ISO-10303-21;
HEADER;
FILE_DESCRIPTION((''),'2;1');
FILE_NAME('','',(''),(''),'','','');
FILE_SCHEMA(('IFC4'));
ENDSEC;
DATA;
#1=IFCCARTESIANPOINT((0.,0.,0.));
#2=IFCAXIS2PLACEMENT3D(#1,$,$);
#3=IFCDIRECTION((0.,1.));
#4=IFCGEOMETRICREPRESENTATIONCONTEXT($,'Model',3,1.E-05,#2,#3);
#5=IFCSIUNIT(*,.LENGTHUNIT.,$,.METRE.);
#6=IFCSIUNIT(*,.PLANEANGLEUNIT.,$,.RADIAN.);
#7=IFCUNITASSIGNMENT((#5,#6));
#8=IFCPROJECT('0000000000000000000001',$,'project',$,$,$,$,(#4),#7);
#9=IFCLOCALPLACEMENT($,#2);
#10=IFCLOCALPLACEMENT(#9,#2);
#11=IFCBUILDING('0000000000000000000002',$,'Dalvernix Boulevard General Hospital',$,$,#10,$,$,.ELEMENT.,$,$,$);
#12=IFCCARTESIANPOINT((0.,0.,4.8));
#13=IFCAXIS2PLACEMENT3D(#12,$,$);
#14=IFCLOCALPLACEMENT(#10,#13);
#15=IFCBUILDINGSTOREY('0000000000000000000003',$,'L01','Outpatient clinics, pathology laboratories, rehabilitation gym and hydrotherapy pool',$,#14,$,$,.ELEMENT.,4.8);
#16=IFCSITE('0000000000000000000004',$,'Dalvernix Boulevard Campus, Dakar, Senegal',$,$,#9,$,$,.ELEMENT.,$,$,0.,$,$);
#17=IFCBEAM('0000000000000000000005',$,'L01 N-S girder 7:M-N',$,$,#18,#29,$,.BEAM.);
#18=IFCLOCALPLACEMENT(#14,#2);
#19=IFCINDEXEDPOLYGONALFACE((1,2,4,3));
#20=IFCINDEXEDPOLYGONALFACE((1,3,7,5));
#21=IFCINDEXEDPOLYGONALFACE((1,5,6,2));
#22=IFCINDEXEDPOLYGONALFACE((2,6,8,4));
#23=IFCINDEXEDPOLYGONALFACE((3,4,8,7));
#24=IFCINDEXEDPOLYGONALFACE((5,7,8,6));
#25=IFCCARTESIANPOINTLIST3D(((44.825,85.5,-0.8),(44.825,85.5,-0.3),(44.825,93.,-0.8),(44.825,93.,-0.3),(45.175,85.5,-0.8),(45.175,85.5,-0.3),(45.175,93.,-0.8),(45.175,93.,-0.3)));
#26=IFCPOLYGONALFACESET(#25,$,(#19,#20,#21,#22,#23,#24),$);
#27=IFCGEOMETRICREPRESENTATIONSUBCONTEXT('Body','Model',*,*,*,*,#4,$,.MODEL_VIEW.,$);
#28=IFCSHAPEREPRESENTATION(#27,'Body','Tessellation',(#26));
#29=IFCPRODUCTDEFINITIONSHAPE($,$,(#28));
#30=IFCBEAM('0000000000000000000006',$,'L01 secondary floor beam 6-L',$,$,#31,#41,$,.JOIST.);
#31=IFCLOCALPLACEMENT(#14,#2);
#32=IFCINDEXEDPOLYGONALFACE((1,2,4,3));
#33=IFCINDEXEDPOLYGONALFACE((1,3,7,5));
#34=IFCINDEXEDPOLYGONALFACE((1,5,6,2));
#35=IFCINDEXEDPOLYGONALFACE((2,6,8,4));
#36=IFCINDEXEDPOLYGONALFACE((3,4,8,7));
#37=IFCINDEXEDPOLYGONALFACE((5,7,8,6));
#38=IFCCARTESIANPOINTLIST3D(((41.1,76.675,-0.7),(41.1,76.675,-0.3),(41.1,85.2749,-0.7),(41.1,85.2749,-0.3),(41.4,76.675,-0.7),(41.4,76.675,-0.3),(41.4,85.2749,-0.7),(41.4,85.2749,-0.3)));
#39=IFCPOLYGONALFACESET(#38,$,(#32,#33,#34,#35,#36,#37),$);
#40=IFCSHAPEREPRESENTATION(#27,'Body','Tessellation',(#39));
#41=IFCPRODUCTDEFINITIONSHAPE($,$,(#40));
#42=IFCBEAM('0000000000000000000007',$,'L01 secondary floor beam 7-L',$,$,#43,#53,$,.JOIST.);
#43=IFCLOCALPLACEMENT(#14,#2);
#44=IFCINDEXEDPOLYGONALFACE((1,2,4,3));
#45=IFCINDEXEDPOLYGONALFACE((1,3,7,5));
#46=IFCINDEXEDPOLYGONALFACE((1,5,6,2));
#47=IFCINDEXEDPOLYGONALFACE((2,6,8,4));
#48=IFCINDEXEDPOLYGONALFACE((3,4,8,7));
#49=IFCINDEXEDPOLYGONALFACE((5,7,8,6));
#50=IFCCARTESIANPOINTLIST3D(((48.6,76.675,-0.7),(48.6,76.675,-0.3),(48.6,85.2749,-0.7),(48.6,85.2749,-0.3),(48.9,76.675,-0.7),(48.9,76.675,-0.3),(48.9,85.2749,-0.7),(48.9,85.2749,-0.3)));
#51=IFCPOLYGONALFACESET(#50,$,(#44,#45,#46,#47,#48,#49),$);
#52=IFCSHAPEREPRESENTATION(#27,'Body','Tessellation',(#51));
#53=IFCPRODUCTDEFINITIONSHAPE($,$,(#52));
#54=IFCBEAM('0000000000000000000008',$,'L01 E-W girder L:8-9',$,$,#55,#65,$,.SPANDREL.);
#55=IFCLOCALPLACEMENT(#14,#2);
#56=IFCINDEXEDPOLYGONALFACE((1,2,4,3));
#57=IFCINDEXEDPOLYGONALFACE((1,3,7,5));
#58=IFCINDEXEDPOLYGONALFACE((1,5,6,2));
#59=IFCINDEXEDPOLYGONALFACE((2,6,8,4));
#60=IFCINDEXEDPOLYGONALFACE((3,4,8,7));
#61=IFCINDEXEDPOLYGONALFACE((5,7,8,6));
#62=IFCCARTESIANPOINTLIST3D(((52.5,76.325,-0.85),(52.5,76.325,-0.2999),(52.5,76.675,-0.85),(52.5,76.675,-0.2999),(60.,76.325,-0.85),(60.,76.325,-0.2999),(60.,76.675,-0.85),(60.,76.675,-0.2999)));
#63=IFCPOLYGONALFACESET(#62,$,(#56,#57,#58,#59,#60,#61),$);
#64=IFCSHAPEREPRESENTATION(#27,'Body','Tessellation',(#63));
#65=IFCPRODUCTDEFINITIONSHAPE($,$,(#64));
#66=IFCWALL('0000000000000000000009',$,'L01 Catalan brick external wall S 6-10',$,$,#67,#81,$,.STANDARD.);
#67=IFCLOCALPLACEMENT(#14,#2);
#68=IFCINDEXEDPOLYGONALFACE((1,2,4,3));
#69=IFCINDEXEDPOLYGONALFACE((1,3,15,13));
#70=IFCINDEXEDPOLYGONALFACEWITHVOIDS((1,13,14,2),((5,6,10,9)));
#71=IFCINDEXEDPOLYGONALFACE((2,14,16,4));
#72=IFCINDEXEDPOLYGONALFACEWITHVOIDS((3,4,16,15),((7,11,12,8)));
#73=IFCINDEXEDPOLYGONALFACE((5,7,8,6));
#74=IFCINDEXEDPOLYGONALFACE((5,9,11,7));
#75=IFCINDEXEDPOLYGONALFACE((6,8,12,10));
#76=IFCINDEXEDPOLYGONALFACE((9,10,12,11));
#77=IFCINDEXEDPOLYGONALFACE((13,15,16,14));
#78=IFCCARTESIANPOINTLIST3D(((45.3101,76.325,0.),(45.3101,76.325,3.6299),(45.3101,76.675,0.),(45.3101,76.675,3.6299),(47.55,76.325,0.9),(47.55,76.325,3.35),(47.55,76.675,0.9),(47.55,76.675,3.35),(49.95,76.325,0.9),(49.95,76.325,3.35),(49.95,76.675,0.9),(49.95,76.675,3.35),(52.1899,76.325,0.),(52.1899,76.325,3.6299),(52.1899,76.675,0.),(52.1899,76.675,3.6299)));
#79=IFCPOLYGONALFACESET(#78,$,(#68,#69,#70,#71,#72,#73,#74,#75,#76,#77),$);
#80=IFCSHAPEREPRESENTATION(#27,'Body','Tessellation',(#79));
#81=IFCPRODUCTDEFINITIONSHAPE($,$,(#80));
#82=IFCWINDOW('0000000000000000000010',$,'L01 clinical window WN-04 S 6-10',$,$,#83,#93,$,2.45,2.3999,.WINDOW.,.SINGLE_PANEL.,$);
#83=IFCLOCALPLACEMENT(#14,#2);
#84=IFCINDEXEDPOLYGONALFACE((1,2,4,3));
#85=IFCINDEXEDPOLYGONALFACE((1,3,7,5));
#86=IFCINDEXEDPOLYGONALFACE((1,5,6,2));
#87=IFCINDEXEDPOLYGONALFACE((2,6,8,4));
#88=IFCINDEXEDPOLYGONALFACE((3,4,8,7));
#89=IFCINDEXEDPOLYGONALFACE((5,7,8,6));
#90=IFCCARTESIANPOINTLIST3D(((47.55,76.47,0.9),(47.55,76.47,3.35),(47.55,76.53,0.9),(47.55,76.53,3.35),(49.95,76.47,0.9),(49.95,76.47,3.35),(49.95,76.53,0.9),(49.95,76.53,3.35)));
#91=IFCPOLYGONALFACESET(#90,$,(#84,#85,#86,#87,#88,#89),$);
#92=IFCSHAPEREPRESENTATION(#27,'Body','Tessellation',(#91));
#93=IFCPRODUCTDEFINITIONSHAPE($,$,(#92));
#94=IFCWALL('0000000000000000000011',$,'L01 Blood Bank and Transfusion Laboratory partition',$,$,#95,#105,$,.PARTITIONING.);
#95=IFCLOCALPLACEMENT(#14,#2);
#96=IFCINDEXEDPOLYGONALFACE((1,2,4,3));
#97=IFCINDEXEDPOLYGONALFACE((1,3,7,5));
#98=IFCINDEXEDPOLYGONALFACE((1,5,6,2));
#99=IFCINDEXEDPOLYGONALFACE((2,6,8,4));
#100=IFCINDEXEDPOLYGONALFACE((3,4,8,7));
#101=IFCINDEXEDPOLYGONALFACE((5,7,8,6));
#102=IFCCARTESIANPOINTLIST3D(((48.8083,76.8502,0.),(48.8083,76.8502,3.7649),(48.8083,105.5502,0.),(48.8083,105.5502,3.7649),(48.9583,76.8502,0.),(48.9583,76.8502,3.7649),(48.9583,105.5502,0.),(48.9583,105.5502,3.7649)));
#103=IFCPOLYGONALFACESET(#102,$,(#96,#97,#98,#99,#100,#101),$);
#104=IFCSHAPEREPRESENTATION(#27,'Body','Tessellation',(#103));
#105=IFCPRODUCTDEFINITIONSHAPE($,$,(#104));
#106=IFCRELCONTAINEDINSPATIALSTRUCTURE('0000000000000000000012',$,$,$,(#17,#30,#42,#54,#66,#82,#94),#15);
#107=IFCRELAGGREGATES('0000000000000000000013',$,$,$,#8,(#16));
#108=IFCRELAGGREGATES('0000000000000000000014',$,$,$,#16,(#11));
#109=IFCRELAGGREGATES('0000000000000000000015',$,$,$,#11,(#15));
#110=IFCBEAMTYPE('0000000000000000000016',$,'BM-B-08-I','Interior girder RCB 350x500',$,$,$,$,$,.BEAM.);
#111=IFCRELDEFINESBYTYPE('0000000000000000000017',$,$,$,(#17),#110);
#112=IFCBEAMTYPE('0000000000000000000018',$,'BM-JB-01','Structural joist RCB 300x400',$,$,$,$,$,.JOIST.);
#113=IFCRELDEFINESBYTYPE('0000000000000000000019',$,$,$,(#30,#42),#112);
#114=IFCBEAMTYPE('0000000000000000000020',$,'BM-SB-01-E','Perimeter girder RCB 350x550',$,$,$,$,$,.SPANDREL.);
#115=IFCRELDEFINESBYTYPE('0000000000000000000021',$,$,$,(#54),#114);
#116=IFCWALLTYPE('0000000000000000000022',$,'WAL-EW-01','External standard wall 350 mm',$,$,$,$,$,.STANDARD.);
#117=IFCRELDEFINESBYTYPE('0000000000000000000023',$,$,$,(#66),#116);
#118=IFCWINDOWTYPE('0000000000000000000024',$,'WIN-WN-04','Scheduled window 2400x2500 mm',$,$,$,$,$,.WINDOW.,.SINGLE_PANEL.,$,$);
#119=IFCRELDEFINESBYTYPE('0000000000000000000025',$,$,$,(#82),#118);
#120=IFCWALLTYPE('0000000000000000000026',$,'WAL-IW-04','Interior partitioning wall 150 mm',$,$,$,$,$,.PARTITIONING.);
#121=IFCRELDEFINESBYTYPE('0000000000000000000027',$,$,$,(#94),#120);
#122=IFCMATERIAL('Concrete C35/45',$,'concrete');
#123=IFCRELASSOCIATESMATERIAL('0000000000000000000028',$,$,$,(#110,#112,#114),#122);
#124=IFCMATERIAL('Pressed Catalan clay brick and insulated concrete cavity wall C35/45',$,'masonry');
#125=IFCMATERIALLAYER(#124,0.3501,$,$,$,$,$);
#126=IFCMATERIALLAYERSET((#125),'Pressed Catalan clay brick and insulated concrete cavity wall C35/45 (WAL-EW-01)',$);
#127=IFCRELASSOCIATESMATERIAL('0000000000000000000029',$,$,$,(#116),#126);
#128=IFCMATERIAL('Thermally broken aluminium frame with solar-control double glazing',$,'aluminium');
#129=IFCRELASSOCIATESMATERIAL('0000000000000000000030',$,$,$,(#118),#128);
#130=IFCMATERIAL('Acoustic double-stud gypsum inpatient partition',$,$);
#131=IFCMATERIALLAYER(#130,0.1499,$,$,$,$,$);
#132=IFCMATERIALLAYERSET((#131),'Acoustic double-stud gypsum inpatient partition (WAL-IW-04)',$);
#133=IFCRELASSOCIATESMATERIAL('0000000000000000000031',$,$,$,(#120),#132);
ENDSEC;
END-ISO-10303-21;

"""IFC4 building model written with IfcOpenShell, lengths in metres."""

from ifc_helpers import new_model, si_unit, direction, frame, frame_2d, origin, origin_2d, place, context, subcontext, project, spatial, rectangle, extrude, material, layer, layer_set, material_profile, profile_set, type_object, element, fill, save


model = new_model("IFC4")

# Units and contexts
model_context = context("Model", 3, precision=1e-05, world=origin(), true_north=direction((0.0, 1.0)))
body_context = subcontext(model_context, "Body", "Model", "MODEL_VIEW")
ifc_project = project(units=[si_unit("LENGTHUNIT", "METRE"), si_unit("PLANEANGLEUNIT", "RADIAN")], contexts=[model_context])

# Site, building, storey
site_placement = place(None, origin())
site = spatial("IfcSite", under=ifc_project, at=site_placement, Name="Dalvernix Boulevard Campus, Dakar, Senegal", CompositionType="ELEMENT", RefElevation=0.0)
building_placement = place(site_placement, origin())
building = spatial("IfcBuilding", under=site, at=building_placement, Name="Dalvernix Boulevard General Hospital", CompositionType="ELEMENT")
storey_placement = place(building_placement, frame((0.0, 0.0, 4.8)))
storey = spatial("IfcBuildingStorey", under=building, at=storey_placement, Name="L01", Description="Outpatient clinics, pathology laboratories, rehabilitation gym and hydrotherapy pool", CompositionType="ELEMENT", Elevation=4.8)

# Beams
ifc_material_1 = material(Name="Concrete C35/45", Category="concrete")
ifc_material_profile_1 = material_profile(ifc_material_1, rectangle(XDim=0.3501, YDim=0.5, at=origin_2d()), Name="RCB 350x500")
ifc_profile_set_1 = profile_set([ifc_material_profile_1], Name="Concrete C35/45")
beam_type_1 = type_object("IfcBeamType", Name="BM-B-08-I", Description="Interior girder RCB 350x500", PredefinedType="BEAM", material=ifc_profile_set_1)
beam_1_placement = place(storey_placement, frame((45.0, 85.5, -0.55), z_axis=(0.0, 1.0, 0.0), x_axis=(-1.0, 0.0, 0.0)))
element("IfcBeam", 1, at=beam_1_placement, inside=storey, type_object=beam_type_1, Name="L01 N-S girder 7:M-N", PredefinedType="BEAM", context=body_context, shape_type="SweptSolid", body=[
    extrude(rectangle(XDim=0.3501, YDim=0.5, at=origin_2d()), origin(), (0.0, 0.0, 1.0), 7.5),
])
ifc_material_profile_2 = material_profile(ifc_material_1, rectangle(XDim=0.3, YDim=0.3999, at=origin_2d()), Name="RCB 300x400")
ifc_profile_set_2 = profile_set([ifc_material_profile_2], Name="Concrete C35/45")
beam_type_2 = type_object("IfcBeamType", Name="BM-JB-01", Description="Structural joist RCB 300x400", PredefinedType="JOIST", material=ifc_profile_set_2)
for number, where, z_axis, x_axis, name in (
    (2, (41.25, 76.675, -0.5), (0.0, 1.0, 0.0), (-1.0, 0.0, 0.0), "L01 secondary floor beam 6-L"),
    (3, (48.75, 76.675, -0.5), (0.0, 1.0, 0.0), (-1.0, 0.0, 0.0), "L01 secondary floor beam 7-L"),
):
    element("IfcBeam", number, at=place(storey_placement, frame(where, z_axis=z_axis, x_axis=x_axis)), inside=storey, type_object=beam_type_2, Name=name, PredefinedType="JOIST", context=body_context, shape_type="SweptSolid", body=[
        extrude(rectangle(XDim=0.3, YDim=0.3999, at=origin_2d()), origin(), (0.0, 0.0, 1.0), 8.5999),
    ])
ifc_material_profile_3 = material_profile(ifc_material_1, rectangle(XDim=0.3501, YDim=0.55, at=origin_2d()), Name="RCB 350x550")
ifc_profile_set_3 = profile_set([ifc_material_profile_3], Name="Concrete C35/45")
beam_type_3 = type_object("IfcBeamType", Name="BM-SB-01-E", Description="Perimeter girder RCB 350x550", PredefinedType="SPANDREL", material=ifc_profile_set_3)
beam_2_placement = place(storey_placement, frame((52.5, 76.5, -0.575), z_axis=(1.0, 0.0, 0.0), x_axis=(0.0, 1.0, 0.0)))
element("IfcBeam", 4, at=beam_2_placement, inside=storey, type_object=beam_type_3, Name="L01 E-W girder L:8-9", PredefinedType="SPANDREL", context=body_context, shape_type="SweptSolid", body=[
    extrude(rectangle(XDim=0.3501, YDim=0.55, at=origin_2d()), origin(), (0.0, 0.0, 1.0), 7.5),
])

# Wall, opening, window
ifc_material_2 = material(Name="Pressed Catalan clay brick and insulated concrete cavity wall C35/45", Category="masonry")
ifc_layer_1 = layer(ifc_material_2, 0.3501)
ifc_layer_set_1 = layer_set([ifc_layer_1], Name="Pressed Catalan clay brick and insulated concrete cavity wall C35/45 (WAL-EW-01)")
wall_type_1 = type_object("IfcWallType", Name="WAL-EW-01", Description="External standard wall 350 mm", PredefinedType="STANDARD", material=ifc_layer_set_1)
wall_1_placement = place(storey_placement, frame((52.1899, 76.5, 0.0), z_axis=(0.0, 0.0, 1.0), x_axis=(-1.0, 0.0, 0.0)))
wall_1 = element("IfcWall", 5, at=wall_1_placement, inside=storey, type_object=wall_type_1, Name="L01 Catalan brick external wall S 6-10", PredefinedType="STANDARD", context=body_context, shape_type="SweptSolid", body=[
    extrude(rectangle(XDim=6.8799, YDim=0.3501, at=frame_2d((3.4399, 0.0))), origin(), (0.0, 0.0, 1.0), 3.6299),
])
opening_placement = place(wall_1_placement, frame((2.24, 0.0, 0.8999)))
opening = element("IfcOpeningElement", 6, at=opening_placement, cuts=wall_1, PredefinedType="OPENING", context=body_context, shape_type="SweptSolid", body=[
    extrude(rectangle(XDim=2.3999, YDim=2.45, at=frame_2d((1.2, 1.2251))), frame((0.0, 0.1851, 0.0), z_axis=(0.0, -1.0, 0.0), x_axis=(1.0, 0.0, 0.0)), (0.0, 0.0, 1.0), 0.3701),
])
ifc_material_3 = material(Name="Thermally broken aluminium frame with solar-control double glazing", Category="aluminium")
window_type = type_object("IfcWindowType", Name="WIN-WN-04", Description="Scheduled window 2400x2500 mm", PartitioningType="SINGLE_PANEL", PredefinedType="WINDOW", material=ifc_material_3)
window_placement = place(opening_placement, origin())
window = element("IfcWindow", 7, at=window_placement, inside=storey, type_object=window_type, Name="L01 clinical window WN-04 S 6-10", OverallHeight=2.45, OverallWidth=2.3999, PartitioningType="SINGLE_PANEL", PredefinedType="WINDOW", context=body_context, shape_type="SweptSolid", body=[
    extrude(rectangle(XDim=2.3999, YDim=2.45, at=frame_2d((1.2, 1.2251))), frame((0.0, 0.03, 0.0), z_axis=(0.0, -1.0, 0.0), x_axis=(1.0, 0.0, 0.0)), (0.0, 0.0, 1.0), 0.0601),
])
fill(opening, window)

# Wall
ifc_material_4 = material(Name="Acoustic double-stud gypsum inpatient partition")
ifc_layer_2 = layer(ifc_material_4, 0.1499)
ifc_layer_set_2 = layer_set([ifc_layer_2], Name="Acoustic double-stud gypsum inpatient partition (WAL-IW-04)")
wall_type_2 = type_object("IfcWallType", Name="WAL-IW-04", Description="Interior partitioning wall 150 mm", PredefinedType="PARTITIONING", material=ifc_layer_set_2)
wall_2_placement = place(storey_placement, frame((48.8833, 76.8501, 0.0), z_axis=(0.0, 0.0, 1.0), x_axis=(0.0, 1.0, 0.0)))
element("IfcWall", 8, at=wall_2_placement, inside=storey, type_object=wall_type_2, Name="L01 Blood Bank and Transfusion Laboratory partition", PredefinedType="PARTITIONING", context=body_context, shape_type="SweptSolid", body=[
    extrude(rectangle(XDim=28.7, YDim=0.1499, at=frame_2d((14.3501, 0.0))), origin(), (0.0, 0.0, 1.0), 3.7649),
])

save(model, "model.ifc")
